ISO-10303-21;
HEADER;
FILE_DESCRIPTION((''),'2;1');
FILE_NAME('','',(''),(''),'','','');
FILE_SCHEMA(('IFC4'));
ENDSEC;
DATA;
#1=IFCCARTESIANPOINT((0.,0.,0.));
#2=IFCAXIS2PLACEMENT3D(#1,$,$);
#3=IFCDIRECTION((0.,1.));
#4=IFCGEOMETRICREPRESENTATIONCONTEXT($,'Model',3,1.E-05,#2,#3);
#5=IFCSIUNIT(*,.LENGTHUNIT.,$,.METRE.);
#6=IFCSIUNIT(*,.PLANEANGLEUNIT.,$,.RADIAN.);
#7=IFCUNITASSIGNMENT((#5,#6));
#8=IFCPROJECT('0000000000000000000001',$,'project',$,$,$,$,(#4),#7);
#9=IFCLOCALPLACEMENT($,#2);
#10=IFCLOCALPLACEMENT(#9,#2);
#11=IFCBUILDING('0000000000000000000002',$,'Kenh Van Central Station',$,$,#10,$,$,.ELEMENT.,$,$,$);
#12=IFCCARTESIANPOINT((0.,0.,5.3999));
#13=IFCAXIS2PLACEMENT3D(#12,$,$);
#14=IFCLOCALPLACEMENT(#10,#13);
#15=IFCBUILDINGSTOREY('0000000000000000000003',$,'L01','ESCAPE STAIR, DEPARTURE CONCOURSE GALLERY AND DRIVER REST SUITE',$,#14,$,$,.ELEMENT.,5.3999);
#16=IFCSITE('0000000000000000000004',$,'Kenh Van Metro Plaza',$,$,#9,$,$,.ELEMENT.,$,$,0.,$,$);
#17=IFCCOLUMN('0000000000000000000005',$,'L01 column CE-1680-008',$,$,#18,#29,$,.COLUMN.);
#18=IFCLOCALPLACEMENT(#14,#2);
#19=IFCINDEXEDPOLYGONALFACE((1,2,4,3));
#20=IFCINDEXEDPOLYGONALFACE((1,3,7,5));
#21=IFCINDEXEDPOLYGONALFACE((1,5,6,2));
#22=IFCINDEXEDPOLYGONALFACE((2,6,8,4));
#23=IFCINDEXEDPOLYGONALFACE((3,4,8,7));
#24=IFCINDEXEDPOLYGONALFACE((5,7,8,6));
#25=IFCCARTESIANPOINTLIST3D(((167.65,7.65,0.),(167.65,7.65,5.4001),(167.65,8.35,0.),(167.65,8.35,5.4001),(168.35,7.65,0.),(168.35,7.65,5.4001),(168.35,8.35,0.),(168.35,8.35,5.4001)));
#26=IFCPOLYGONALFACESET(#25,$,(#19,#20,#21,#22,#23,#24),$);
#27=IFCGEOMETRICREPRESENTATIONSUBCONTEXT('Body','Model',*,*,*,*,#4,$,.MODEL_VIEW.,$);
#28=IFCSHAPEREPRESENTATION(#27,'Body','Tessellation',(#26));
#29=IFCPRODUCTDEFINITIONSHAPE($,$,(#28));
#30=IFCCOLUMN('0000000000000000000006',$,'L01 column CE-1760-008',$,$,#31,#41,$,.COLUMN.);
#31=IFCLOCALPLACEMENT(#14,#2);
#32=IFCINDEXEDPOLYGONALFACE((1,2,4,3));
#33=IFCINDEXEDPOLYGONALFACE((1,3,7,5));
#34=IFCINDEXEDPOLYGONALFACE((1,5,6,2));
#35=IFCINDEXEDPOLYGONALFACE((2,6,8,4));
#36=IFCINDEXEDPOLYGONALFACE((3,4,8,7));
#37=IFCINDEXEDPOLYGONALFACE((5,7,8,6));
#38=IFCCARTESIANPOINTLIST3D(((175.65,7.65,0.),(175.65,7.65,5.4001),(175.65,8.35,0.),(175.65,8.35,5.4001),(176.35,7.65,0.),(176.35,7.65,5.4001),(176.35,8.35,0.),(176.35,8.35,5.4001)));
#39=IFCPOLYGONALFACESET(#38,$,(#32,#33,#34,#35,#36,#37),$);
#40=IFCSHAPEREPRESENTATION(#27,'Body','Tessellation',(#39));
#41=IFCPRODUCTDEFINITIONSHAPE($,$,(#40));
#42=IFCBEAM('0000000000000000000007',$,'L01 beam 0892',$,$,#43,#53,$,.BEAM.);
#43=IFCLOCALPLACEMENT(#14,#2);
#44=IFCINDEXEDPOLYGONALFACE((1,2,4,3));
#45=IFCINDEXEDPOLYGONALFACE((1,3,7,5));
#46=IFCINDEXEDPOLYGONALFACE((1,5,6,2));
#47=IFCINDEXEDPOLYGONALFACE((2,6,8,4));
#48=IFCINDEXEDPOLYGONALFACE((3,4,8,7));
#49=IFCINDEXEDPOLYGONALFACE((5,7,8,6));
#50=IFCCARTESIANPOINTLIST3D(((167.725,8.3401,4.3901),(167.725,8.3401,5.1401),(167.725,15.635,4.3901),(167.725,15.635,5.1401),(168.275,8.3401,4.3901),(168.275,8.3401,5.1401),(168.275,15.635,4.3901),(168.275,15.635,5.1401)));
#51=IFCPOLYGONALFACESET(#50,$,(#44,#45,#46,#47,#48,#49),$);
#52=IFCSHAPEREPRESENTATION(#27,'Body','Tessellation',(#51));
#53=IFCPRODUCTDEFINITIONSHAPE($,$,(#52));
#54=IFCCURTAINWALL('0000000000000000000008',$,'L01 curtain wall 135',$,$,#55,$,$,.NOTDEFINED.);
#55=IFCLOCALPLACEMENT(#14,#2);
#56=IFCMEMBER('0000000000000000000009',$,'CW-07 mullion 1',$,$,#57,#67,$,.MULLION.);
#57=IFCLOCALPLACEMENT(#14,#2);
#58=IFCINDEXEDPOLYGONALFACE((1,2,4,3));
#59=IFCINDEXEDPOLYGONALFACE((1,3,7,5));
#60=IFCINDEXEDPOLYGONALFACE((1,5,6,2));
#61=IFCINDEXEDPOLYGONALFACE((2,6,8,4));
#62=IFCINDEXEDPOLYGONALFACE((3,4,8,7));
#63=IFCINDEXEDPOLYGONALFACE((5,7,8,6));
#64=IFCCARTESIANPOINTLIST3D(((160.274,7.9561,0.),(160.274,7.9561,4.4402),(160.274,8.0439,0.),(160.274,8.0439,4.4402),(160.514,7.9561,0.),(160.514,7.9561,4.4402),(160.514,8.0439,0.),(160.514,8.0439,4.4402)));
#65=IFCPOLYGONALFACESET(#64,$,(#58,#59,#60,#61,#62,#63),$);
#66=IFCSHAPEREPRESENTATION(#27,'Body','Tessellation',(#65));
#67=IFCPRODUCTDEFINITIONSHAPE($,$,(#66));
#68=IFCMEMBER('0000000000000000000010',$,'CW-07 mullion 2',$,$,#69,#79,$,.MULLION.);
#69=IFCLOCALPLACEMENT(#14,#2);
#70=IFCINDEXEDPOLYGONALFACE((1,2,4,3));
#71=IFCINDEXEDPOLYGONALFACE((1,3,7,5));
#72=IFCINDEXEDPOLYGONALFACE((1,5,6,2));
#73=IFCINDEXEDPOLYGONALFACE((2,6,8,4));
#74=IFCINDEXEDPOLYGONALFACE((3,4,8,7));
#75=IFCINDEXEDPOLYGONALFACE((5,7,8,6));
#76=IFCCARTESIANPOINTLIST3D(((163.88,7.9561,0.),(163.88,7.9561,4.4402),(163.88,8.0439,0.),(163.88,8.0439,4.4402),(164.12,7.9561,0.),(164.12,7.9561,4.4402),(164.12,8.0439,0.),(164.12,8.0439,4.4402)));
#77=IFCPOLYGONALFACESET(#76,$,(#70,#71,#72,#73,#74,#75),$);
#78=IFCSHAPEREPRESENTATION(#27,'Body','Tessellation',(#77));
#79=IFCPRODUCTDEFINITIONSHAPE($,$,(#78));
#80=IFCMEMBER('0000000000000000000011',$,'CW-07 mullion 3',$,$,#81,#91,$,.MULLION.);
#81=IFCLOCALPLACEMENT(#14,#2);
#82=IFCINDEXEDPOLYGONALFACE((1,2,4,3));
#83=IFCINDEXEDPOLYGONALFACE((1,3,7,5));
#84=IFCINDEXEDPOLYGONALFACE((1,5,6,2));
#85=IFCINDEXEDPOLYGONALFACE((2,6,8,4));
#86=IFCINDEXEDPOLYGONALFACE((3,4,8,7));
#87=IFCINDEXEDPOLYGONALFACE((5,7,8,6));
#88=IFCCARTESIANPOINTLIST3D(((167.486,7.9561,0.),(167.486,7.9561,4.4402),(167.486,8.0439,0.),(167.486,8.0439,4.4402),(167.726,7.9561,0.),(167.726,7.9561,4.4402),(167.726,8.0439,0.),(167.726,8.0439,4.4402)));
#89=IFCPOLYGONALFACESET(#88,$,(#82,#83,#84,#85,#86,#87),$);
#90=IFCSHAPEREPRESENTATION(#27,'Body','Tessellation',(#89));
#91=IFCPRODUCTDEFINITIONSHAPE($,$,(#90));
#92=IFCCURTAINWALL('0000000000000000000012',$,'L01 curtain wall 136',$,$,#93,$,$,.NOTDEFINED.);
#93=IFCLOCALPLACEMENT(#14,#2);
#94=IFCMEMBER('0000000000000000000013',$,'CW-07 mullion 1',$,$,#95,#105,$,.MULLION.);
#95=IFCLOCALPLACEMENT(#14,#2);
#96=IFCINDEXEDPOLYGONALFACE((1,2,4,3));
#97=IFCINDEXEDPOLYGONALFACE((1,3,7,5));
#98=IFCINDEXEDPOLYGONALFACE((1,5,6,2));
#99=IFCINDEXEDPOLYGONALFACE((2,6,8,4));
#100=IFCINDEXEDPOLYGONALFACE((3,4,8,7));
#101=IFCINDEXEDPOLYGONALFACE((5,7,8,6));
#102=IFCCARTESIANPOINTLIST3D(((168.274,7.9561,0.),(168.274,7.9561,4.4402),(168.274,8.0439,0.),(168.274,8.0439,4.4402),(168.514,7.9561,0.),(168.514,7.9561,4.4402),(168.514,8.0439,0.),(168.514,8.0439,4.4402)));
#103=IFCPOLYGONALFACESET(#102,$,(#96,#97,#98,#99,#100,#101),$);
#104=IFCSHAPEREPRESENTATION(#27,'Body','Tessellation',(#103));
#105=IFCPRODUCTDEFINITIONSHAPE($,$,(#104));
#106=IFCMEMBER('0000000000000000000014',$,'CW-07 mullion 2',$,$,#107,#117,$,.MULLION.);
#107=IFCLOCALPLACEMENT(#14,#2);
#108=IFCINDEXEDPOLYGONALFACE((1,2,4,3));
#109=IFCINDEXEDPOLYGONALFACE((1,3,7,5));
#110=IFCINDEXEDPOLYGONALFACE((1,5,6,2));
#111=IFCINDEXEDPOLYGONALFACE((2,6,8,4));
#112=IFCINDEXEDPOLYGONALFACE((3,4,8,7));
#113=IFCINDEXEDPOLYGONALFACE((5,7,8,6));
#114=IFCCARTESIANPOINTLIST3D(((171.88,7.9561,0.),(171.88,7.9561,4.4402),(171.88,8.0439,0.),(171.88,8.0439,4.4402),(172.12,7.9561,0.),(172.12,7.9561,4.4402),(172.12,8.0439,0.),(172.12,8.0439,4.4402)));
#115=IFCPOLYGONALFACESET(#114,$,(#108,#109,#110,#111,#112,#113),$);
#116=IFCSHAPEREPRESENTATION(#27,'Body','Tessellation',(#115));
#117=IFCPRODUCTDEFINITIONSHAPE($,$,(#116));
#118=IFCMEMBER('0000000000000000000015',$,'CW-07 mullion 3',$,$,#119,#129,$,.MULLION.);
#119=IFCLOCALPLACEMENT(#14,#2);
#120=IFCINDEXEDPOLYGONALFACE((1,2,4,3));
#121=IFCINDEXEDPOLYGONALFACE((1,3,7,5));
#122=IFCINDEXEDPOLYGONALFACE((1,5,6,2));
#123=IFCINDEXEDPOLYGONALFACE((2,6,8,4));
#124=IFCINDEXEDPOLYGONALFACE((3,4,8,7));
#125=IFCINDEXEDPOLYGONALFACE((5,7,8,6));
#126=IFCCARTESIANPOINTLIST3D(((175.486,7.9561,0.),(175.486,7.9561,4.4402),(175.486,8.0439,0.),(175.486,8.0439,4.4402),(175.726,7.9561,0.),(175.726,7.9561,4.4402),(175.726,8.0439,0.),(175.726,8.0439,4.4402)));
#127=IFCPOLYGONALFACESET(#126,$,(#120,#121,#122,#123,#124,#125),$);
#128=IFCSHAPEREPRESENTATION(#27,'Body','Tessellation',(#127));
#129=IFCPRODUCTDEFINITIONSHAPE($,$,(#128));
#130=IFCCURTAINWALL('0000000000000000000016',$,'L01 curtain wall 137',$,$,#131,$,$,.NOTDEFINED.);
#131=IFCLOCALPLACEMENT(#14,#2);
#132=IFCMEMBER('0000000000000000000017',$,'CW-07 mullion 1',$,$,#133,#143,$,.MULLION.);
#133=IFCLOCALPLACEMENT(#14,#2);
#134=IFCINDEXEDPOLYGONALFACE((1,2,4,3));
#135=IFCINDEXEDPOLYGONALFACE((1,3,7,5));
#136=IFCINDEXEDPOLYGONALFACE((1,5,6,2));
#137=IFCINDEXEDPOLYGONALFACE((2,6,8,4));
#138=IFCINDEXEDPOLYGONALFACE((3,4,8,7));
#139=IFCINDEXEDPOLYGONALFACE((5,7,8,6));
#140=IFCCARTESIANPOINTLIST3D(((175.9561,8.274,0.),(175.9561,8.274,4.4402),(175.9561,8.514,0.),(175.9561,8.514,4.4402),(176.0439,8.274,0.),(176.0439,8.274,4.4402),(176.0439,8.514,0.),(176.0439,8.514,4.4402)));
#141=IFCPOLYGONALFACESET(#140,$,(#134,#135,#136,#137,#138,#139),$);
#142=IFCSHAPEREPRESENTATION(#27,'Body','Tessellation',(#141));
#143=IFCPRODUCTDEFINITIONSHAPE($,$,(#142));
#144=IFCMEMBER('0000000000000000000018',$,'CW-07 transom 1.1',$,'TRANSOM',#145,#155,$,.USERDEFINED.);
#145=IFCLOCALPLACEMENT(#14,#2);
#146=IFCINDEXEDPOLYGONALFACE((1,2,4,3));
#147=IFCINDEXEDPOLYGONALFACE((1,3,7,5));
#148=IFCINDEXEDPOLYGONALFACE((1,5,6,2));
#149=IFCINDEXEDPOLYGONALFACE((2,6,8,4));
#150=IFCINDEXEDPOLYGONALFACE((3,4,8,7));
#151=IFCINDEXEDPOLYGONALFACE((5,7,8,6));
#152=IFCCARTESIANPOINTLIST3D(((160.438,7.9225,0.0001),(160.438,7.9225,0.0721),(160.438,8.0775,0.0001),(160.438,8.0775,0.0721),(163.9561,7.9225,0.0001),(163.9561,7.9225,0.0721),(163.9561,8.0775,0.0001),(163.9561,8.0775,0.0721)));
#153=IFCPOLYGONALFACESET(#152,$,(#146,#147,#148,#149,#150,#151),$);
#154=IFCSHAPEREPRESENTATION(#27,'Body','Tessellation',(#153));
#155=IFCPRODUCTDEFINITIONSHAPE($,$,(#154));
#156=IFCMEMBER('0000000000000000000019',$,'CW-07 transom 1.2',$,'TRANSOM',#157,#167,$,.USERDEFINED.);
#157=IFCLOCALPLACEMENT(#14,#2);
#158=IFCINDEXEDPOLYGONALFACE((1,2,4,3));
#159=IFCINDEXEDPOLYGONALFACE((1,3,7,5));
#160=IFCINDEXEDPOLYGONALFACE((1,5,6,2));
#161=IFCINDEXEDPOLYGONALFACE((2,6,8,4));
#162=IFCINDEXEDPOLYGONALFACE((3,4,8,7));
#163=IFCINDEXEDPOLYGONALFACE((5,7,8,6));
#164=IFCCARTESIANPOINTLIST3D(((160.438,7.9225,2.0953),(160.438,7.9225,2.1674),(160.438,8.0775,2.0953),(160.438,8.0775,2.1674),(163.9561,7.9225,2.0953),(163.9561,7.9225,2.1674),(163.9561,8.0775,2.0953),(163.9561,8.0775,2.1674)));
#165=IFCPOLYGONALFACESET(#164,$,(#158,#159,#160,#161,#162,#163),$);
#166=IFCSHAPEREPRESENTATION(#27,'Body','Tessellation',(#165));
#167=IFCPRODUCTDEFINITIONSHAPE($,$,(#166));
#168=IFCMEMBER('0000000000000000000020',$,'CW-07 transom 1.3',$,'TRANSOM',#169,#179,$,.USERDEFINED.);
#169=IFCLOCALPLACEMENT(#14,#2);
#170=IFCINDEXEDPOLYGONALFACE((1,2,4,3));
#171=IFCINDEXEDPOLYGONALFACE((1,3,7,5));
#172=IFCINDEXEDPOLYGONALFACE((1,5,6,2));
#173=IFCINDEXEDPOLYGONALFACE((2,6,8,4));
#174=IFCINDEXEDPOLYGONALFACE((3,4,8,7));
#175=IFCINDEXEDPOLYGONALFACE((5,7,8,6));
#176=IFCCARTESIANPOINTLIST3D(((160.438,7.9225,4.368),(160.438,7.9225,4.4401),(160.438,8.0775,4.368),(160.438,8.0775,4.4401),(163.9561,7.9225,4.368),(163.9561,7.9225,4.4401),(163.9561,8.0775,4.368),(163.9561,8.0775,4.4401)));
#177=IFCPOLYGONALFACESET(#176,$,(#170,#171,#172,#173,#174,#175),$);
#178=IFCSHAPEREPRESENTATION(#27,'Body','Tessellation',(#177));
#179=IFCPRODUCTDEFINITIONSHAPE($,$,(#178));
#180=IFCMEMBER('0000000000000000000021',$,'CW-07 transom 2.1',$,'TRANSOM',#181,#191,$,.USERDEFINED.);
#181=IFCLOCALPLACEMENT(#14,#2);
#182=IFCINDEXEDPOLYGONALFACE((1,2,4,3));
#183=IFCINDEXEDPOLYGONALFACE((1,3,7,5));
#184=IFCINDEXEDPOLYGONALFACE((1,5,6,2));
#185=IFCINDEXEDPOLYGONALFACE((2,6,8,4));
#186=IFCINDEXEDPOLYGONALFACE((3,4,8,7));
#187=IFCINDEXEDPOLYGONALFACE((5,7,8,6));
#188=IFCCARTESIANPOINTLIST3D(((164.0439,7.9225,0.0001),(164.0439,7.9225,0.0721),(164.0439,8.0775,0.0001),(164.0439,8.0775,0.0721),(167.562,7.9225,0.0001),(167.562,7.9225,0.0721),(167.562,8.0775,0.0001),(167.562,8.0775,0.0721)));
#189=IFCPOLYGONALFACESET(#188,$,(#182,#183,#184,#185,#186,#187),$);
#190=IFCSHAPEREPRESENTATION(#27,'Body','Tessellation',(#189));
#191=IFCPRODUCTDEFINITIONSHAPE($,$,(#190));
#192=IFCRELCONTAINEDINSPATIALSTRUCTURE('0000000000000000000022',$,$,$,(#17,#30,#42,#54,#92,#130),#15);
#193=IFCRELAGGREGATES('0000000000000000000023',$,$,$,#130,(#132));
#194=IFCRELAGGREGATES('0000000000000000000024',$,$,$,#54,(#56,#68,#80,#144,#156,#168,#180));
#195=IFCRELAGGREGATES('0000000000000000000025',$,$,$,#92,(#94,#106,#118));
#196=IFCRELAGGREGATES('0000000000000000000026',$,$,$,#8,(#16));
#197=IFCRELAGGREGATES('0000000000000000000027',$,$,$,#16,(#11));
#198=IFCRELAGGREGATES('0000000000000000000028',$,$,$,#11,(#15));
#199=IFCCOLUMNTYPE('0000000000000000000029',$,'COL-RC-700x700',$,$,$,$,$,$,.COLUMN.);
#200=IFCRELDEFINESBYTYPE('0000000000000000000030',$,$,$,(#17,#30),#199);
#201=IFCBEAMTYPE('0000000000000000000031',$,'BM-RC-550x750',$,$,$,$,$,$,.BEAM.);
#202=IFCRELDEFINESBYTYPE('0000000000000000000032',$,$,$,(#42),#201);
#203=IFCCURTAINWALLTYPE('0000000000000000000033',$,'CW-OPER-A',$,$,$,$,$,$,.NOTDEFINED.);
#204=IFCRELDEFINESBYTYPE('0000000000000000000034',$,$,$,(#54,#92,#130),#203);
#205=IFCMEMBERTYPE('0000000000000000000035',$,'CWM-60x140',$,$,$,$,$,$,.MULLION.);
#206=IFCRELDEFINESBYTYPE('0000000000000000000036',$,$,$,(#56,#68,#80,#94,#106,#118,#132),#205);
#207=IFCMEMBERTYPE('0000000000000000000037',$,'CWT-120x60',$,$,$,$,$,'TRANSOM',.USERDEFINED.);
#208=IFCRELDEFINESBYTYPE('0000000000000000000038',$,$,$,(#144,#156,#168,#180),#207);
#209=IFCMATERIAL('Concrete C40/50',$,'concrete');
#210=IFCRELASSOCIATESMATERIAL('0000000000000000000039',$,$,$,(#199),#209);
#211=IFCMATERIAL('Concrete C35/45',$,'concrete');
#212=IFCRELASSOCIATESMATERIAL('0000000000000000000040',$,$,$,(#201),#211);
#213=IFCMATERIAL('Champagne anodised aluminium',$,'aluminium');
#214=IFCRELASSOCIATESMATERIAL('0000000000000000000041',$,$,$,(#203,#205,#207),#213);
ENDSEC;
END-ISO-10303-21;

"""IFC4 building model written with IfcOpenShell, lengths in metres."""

from ifc_helpers import new_model, si_unit, direction, frame, origin, origin_2d, place, context, subcontext, project, spatial, rectangle, extrude, material, material_profile, profile_set, type_object, element, aggregate, save


model = new_model("IFC4")

# Units and contexts
model_context = context("Model", 3, precision=1e-05, world=origin(), true_north=direction((0.0, 1.0)))
body_context = subcontext(model_context, "Body", "Model", "MODEL_VIEW")
ifc_project = project(units=[si_unit("LENGTHUNIT", "METRE"), si_unit("PLANEANGLEUNIT", "RADIAN")], contexts=[model_context])

# Site, building, storey
site_placement = place(None, origin())
site = spatial("IfcSite", under=ifc_project, at=site_placement, Name="Kenh Van Metro Plaza", CompositionType="ELEMENT", RefElevation=0.0)
building_placement = place(site_placement, origin())
building = spatial("IfcBuilding", under=site, at=building_placement, Name="Kenh Van Central Station", CompositionType="ELEMENT")
storey_placement = place(building_placement, frame((0.0, 0.0, 5.3999)))
storey = spatial("IfcBuildingStorey", under=building, at=storey_placement, Name="L01", Description="ESCAPE STAIR, DEPARTURE CONCOURSE GALLERY AND DRIVER REST SUITE", CompositionType="ELEMENT", Elevation=5.3999)

# Columns
ifc_material_1 = material(Name="Concrete C40/50", Category="concrete")
ifc_material_profile_1 = material_profile(ifc_material_1, rectangle(XDim=0.7, YDim=0.7, at=origin_2d()), Name="RC 700x700")
ifc_profile_set_1 = profile_set([ifc_material_profile_1], Name="Concrete C40/50")
column_type = type_object("IfcColumnType", Name="COL-RC-700x700", PredefinedType="COLUMN", material=ifc_profile_set_1)
for number, where, z_axis, x_axis, name in (
    (1, (168.0, 8.0, 0.0), (0.0, 0.0, 1.0), (1.0, 0.0, 0.0), "L01 column CE-1680-008"),
    (2, (176.0, 8.0, 0.0), (0.0, 0.0, 1.0), (1.0, 0.0, 0.0), "L01 column CE-1760-008"),
):
    element("IfcColumn", number, at=place(storey_placement, frame(where, z_axis=z_axis, x_axis=x_axis)), inside=storey, type_object=column_type, Name=name, PredefinedType="COLUMN", context=body_context, shape_type="SweptSolid", body=[
        extrude(rectangle(XDim=0.7, YDim=0.7, at=origin_2d()), origin(), (0.0, 0.0, 1.0), 5.4001),
    ])

# Beam
ifc_material_2 = material(Name="Concrete C35/45", Category="concrete")
ifc_material_profile_2 = material_profile(ifc_material_2, rectangle(XDim=0.55, YDim=0.75, at=origin_2d()), Name="RC 550x750")
ifc_profile_set_2 = profile_set([ifc_material_profile_2], Name="Concrete C35/45")
beam_type_1 = type_object("IfcBeamType", Name="BM-RC-550x750", PredefinedType="BEAM", material=ifc_profile_set_2)
beam_1_placement = place(storey_placement, frame((168.0, 8.3401, 4.7651), z_axis=(0.0, 1.0, 0.0), x_axis=(-1.0, 0.0, 0.0)))
element("IfcBeam", 3, at=beam_1_placement, inside=storey, type_object=beam_type_1, Name="L01 beam 0892", PredefinedType="BEAM", context=body_context, shape_type="SweptSolid", body=[
    extrude(rectangle(XDim=0.55, YDim=0.75, at=origin_2d()), origin(), (0.0, 0.0, 1.0), 7.2949),
])

# Curtain walls, members
ifc_material_3 = material(Name="Champagne anodised aluminium", Category="aluminium")
curtain_wall_type = type_object("IfcCurtainWallType", Name="CW-OPER-A", PredefinedType="NOTDEFINED", material=ifc_material_3)
curtain_wall_1_placement = place(storey_placement, origin())
curtain_wall_1 = element("IfcCurtainWall", 4, at=curtain_wall_1_placement, inside=storey, type_object=curtain_wall_type, Name="L01 curtain wall 135", PredefinedType="NOTDEFINED")
ifc_material_profile_3 = material_profile(ifc_material_3, rectangle(XDim=0.0879, YDim=0.24, at=origin_2d()), Name="AL 88x240")
ifc_profile_set_3 = profile_set([ifc_material_profile_3], Name="Champagne anodised aluminium")
member_type_1 = type_object("IfcMemberType", Name="CWM-60x140", PredefinedType="MULLION", material=ifc_profile_set_3)
member_1_placement = place(storey_placement, frame((160.394, 8.0, 0.0), z_axis=(0.0, 0.0, 1.0), x_axis=(0.0, 1.0, 0.0)))
member_1 = element("IfcMember", 5, at=member_1_placement, type_object=member_type_1, Name="CW-07 mullion 1", PredefinedType="MULLION", context=body_context, shape_type="SweptSolid", body=[
    extrude(rectangle(XDim=0.0879, YDim=0.24, at=origin_2d()), origin(), (0.0, 0.0, 1.0), 4.4402),
])
member_2_placement = place(storey_placement, frame((164.0, 8.0, 0.0), z_axis=(0.0, 0.0, 1.0), x_axis=(0.0, 1.0, 0.0)))
member_2 = element("IfcMember", 6, at=member_2_placement, type_object=member_type_1, Name="CW-07 mullion 2", PredefinedType="MULLION", context=body_context, shape_type="SweptSolid", body=[
    extrude(rectangle(XDim=0.0879, YDim=0.24, at=origin_2d()), origin(), (0.0, 0.0, 1.0), 4.4402),
])
member_3_placement = place(storey_placement, frame((167.606, 8.0, 0.0), z_axis=(0.0, 0.0, 1.0), x_axis=(0.0, 1.0, 0.0)))
member_3 = element("IfcMember", 7, at=member_3_placement, type_object=member_type_1, Name="CW-07 mullion 3", PredefinedType="MULLION", context=body_context, shape_type="SweptSolid", body=[
    extrude(rectangle(XDim=0.0879, YDim=0.24, at=origin_2d()), origin(), (0.0, 0.0, 1.0), 4.4402),
])
curtain_wall_2_placement = place(storey_placement, origin())
curtain_wall_2 = element("IfcCurtainWall", 8, at=curtain_wall_2_placement, inside=storey, type_object=curtain_wall_type, Name="L01 curtain wall 136", PredefinedType="NOTDEFINED")
member_4_placement = place(storey_placement, frame((168.394, 8.0, 0.0), z_axis=(0.0, 0.0, 1.0), x_axis=(0.0, 1.0, 0.0)))
member_4 = element("IfcMember", 9, at=member_4_placement, type_object=member_type_1, Name="CW-07 mullion 1", PredefinedType="MULLION", context=body_context, shape_type="SweptSolid", body=[
    extrude(rectangle(XDim=0.0879, YDim=0.24, at=origin_2d()), origin(), (0.0, 0.0, 1.0), 4.4402),
])
member_5_placement = place(storey_placement, frame((172.0, 8.0, 0.0), z_axis=(0.0, 0.0, 1.0), x_axis=(0.0, 1.0, 0.0)))
member_5 = element("IfcMember", 10, at=member_5_placement, type_object=member_type_1, Name="CW-07 mullion 2", PredefinedType="MULLION", context=body_context, shape_type="SweptSolid", body=[
    extrude(rectangle(XDim=0.0879, YDim=0.24, at=origin_2d()), origin(), (0.0, 0.0, 1.0), 4.4402),
])
member_6_placement = place(storey_placement, frame((175.606, 8.0, 0.0), z_axis=(0.0, 0.0, 1.0), x_axis=(0.0, 1.0, 0.0)))
member_6 = element("IfcMember", 11, at=member_6_placement, type_object=member_type_1, Name="CW-07 mullion 3", PredefinedType="MULLION", context=body_context, shape_type="SweptSolid", body=[
    extrude(rectangle(XDim=0.0879, YDim=0.24, at=origin_2d()), origin(), (0.0, 0.0, 1.0), 4.4402),
])

# Curtain wall, member
curtain_wall_3_placement = place(storey_placement, origin())
curtain_wall_3 = element("IfcCurtainWall", 12, at=curtain_wall_3_placement, inside=storey, type_object=curtain_wall_type, Name="L01 curtain wall 137", PredefinedType="NOTDEFINED")
member_7_placement = place(storey_placement, frame((176.0, 8.394, 0.0), z_axis=(0.0, 0.0, 1.0), x_axis=(-1.0, 0.0, 0.0)))
member_7 = element("IfcMember", 13, at=member_7_placement, type_object=member_type_1, Name="CW-07 mullion 1", PredefinedType="MULLION", context=body_context, shape_type="SweptSolid", body=[
    extrude(rectangle(XDim=0.0879, YDim=0.24, at=origin_2d()), origin(), (0.0, 0.0, 1.0), 4.4402),
])

# Members
ifc_material_profile_4 = material_profile(ifc_material_3, rectangle(XDim=0.155, YDim=0.072, at=origin_2d()), Name="AL 155x72")
ifc_profile_set_4 = profile_set([ifc_material_profile_4], Name="Champagne anodised aluminium")
member_type_2 = type_object("IfcMemberType", Name="CWT-120x60", ElementType="TRANSOM", PredefinedType="USERDEFINED", material=ifc_profile_set_4)
member_8_placement = place(storey_placement, frame((160.438, 8.0, 0.0361), z_axis=(1.0, 0.0, 0.0), x_axis=(0.0, 1.0, 0.0)))
member_8 = element("IfcMember", 14, at=member_8_placement, type_object=member_type_2, Name="CW-07 transom 1.1", ObjectType="TRANSOM", PredefinedType="USERDEFINED", context=body_context, shape_type="SweptSolid", body=[
    extrude(rectangle(XDim=0.155, YDim=0.072, at=origin_2d()), origin(), (0.0, 0.0, 1.0), 3.5181),
])
member_9_placement = place(storey_placement, frame((160.438, 8.0, 2.1313), z_axis=(1.0, 0.0, 0.0), x_axis=(0.0, 1.0, 0.0)))
member_9 = element("IfcMember", 15, at=member_9_placement, type_object=member_type_2, Name="CW-07 transom 1.2", ObjectType="TRANSOM", PredefinedType="USERDEFINED", context=body_context, shape_type="SweptSolid", body=[
    extrude(rectangle(XDim=0.155, YDim=0.072, at=origin_2d()), origin(), (0.0, 0.0, 1.0), 3.5181),
])
member_10_placement = place(storey_placement, frame((160.438, 8.0, 4.4041), z_axis=(1.0, 0.0, 0.0), x_axis=(0.0, 1.0, 0.0)))
member_10 = element("IfcMember", 16, at=member_10_placement, type_object=member_type_2, Name="CW-07 transom 1.3", ObjectType="TRANSOM", PredefinedType="USERDEFINED", context=body_context, shape_type="SweptSolid", body=[
    extrude(rectangle(XDim=0.155, YDim=0.072, at=origin_2d()), origin(), (0.0, 0.0, 1.0), 3.5181),
])
member_11_placement = place(storey_placement, frame((164.0439, 8.0, 0.0361), z_axis=(1.0, 0.0, 0.0), x_axis=(0.0, 1.0, 0.0)))
member_11 = element("IfcMember", 17, at=member_11_placement, type_object=member_type_2, Name="CW-07 transom 2.1", ObjectType="TRANSOM", PredefinedType="USERDEFINED", context=body_context, shape_type="SweptSolid", body=[
    extrude(rectangle(XDim=0.155, YDim=0.072, at=origin_2d()), origin(), (0.0, 0.0, 1.0), 3.5181),
])
aggregate(curtain_wall_3, [member_7])

aggregate(curtain_wall_1, [member_1, member_2, member_3, member_8, member_9, member_10, member_11])
aggregate(curtain_wall_2, [member_4, member_5, member_6])

save(model, "model.ifc")
